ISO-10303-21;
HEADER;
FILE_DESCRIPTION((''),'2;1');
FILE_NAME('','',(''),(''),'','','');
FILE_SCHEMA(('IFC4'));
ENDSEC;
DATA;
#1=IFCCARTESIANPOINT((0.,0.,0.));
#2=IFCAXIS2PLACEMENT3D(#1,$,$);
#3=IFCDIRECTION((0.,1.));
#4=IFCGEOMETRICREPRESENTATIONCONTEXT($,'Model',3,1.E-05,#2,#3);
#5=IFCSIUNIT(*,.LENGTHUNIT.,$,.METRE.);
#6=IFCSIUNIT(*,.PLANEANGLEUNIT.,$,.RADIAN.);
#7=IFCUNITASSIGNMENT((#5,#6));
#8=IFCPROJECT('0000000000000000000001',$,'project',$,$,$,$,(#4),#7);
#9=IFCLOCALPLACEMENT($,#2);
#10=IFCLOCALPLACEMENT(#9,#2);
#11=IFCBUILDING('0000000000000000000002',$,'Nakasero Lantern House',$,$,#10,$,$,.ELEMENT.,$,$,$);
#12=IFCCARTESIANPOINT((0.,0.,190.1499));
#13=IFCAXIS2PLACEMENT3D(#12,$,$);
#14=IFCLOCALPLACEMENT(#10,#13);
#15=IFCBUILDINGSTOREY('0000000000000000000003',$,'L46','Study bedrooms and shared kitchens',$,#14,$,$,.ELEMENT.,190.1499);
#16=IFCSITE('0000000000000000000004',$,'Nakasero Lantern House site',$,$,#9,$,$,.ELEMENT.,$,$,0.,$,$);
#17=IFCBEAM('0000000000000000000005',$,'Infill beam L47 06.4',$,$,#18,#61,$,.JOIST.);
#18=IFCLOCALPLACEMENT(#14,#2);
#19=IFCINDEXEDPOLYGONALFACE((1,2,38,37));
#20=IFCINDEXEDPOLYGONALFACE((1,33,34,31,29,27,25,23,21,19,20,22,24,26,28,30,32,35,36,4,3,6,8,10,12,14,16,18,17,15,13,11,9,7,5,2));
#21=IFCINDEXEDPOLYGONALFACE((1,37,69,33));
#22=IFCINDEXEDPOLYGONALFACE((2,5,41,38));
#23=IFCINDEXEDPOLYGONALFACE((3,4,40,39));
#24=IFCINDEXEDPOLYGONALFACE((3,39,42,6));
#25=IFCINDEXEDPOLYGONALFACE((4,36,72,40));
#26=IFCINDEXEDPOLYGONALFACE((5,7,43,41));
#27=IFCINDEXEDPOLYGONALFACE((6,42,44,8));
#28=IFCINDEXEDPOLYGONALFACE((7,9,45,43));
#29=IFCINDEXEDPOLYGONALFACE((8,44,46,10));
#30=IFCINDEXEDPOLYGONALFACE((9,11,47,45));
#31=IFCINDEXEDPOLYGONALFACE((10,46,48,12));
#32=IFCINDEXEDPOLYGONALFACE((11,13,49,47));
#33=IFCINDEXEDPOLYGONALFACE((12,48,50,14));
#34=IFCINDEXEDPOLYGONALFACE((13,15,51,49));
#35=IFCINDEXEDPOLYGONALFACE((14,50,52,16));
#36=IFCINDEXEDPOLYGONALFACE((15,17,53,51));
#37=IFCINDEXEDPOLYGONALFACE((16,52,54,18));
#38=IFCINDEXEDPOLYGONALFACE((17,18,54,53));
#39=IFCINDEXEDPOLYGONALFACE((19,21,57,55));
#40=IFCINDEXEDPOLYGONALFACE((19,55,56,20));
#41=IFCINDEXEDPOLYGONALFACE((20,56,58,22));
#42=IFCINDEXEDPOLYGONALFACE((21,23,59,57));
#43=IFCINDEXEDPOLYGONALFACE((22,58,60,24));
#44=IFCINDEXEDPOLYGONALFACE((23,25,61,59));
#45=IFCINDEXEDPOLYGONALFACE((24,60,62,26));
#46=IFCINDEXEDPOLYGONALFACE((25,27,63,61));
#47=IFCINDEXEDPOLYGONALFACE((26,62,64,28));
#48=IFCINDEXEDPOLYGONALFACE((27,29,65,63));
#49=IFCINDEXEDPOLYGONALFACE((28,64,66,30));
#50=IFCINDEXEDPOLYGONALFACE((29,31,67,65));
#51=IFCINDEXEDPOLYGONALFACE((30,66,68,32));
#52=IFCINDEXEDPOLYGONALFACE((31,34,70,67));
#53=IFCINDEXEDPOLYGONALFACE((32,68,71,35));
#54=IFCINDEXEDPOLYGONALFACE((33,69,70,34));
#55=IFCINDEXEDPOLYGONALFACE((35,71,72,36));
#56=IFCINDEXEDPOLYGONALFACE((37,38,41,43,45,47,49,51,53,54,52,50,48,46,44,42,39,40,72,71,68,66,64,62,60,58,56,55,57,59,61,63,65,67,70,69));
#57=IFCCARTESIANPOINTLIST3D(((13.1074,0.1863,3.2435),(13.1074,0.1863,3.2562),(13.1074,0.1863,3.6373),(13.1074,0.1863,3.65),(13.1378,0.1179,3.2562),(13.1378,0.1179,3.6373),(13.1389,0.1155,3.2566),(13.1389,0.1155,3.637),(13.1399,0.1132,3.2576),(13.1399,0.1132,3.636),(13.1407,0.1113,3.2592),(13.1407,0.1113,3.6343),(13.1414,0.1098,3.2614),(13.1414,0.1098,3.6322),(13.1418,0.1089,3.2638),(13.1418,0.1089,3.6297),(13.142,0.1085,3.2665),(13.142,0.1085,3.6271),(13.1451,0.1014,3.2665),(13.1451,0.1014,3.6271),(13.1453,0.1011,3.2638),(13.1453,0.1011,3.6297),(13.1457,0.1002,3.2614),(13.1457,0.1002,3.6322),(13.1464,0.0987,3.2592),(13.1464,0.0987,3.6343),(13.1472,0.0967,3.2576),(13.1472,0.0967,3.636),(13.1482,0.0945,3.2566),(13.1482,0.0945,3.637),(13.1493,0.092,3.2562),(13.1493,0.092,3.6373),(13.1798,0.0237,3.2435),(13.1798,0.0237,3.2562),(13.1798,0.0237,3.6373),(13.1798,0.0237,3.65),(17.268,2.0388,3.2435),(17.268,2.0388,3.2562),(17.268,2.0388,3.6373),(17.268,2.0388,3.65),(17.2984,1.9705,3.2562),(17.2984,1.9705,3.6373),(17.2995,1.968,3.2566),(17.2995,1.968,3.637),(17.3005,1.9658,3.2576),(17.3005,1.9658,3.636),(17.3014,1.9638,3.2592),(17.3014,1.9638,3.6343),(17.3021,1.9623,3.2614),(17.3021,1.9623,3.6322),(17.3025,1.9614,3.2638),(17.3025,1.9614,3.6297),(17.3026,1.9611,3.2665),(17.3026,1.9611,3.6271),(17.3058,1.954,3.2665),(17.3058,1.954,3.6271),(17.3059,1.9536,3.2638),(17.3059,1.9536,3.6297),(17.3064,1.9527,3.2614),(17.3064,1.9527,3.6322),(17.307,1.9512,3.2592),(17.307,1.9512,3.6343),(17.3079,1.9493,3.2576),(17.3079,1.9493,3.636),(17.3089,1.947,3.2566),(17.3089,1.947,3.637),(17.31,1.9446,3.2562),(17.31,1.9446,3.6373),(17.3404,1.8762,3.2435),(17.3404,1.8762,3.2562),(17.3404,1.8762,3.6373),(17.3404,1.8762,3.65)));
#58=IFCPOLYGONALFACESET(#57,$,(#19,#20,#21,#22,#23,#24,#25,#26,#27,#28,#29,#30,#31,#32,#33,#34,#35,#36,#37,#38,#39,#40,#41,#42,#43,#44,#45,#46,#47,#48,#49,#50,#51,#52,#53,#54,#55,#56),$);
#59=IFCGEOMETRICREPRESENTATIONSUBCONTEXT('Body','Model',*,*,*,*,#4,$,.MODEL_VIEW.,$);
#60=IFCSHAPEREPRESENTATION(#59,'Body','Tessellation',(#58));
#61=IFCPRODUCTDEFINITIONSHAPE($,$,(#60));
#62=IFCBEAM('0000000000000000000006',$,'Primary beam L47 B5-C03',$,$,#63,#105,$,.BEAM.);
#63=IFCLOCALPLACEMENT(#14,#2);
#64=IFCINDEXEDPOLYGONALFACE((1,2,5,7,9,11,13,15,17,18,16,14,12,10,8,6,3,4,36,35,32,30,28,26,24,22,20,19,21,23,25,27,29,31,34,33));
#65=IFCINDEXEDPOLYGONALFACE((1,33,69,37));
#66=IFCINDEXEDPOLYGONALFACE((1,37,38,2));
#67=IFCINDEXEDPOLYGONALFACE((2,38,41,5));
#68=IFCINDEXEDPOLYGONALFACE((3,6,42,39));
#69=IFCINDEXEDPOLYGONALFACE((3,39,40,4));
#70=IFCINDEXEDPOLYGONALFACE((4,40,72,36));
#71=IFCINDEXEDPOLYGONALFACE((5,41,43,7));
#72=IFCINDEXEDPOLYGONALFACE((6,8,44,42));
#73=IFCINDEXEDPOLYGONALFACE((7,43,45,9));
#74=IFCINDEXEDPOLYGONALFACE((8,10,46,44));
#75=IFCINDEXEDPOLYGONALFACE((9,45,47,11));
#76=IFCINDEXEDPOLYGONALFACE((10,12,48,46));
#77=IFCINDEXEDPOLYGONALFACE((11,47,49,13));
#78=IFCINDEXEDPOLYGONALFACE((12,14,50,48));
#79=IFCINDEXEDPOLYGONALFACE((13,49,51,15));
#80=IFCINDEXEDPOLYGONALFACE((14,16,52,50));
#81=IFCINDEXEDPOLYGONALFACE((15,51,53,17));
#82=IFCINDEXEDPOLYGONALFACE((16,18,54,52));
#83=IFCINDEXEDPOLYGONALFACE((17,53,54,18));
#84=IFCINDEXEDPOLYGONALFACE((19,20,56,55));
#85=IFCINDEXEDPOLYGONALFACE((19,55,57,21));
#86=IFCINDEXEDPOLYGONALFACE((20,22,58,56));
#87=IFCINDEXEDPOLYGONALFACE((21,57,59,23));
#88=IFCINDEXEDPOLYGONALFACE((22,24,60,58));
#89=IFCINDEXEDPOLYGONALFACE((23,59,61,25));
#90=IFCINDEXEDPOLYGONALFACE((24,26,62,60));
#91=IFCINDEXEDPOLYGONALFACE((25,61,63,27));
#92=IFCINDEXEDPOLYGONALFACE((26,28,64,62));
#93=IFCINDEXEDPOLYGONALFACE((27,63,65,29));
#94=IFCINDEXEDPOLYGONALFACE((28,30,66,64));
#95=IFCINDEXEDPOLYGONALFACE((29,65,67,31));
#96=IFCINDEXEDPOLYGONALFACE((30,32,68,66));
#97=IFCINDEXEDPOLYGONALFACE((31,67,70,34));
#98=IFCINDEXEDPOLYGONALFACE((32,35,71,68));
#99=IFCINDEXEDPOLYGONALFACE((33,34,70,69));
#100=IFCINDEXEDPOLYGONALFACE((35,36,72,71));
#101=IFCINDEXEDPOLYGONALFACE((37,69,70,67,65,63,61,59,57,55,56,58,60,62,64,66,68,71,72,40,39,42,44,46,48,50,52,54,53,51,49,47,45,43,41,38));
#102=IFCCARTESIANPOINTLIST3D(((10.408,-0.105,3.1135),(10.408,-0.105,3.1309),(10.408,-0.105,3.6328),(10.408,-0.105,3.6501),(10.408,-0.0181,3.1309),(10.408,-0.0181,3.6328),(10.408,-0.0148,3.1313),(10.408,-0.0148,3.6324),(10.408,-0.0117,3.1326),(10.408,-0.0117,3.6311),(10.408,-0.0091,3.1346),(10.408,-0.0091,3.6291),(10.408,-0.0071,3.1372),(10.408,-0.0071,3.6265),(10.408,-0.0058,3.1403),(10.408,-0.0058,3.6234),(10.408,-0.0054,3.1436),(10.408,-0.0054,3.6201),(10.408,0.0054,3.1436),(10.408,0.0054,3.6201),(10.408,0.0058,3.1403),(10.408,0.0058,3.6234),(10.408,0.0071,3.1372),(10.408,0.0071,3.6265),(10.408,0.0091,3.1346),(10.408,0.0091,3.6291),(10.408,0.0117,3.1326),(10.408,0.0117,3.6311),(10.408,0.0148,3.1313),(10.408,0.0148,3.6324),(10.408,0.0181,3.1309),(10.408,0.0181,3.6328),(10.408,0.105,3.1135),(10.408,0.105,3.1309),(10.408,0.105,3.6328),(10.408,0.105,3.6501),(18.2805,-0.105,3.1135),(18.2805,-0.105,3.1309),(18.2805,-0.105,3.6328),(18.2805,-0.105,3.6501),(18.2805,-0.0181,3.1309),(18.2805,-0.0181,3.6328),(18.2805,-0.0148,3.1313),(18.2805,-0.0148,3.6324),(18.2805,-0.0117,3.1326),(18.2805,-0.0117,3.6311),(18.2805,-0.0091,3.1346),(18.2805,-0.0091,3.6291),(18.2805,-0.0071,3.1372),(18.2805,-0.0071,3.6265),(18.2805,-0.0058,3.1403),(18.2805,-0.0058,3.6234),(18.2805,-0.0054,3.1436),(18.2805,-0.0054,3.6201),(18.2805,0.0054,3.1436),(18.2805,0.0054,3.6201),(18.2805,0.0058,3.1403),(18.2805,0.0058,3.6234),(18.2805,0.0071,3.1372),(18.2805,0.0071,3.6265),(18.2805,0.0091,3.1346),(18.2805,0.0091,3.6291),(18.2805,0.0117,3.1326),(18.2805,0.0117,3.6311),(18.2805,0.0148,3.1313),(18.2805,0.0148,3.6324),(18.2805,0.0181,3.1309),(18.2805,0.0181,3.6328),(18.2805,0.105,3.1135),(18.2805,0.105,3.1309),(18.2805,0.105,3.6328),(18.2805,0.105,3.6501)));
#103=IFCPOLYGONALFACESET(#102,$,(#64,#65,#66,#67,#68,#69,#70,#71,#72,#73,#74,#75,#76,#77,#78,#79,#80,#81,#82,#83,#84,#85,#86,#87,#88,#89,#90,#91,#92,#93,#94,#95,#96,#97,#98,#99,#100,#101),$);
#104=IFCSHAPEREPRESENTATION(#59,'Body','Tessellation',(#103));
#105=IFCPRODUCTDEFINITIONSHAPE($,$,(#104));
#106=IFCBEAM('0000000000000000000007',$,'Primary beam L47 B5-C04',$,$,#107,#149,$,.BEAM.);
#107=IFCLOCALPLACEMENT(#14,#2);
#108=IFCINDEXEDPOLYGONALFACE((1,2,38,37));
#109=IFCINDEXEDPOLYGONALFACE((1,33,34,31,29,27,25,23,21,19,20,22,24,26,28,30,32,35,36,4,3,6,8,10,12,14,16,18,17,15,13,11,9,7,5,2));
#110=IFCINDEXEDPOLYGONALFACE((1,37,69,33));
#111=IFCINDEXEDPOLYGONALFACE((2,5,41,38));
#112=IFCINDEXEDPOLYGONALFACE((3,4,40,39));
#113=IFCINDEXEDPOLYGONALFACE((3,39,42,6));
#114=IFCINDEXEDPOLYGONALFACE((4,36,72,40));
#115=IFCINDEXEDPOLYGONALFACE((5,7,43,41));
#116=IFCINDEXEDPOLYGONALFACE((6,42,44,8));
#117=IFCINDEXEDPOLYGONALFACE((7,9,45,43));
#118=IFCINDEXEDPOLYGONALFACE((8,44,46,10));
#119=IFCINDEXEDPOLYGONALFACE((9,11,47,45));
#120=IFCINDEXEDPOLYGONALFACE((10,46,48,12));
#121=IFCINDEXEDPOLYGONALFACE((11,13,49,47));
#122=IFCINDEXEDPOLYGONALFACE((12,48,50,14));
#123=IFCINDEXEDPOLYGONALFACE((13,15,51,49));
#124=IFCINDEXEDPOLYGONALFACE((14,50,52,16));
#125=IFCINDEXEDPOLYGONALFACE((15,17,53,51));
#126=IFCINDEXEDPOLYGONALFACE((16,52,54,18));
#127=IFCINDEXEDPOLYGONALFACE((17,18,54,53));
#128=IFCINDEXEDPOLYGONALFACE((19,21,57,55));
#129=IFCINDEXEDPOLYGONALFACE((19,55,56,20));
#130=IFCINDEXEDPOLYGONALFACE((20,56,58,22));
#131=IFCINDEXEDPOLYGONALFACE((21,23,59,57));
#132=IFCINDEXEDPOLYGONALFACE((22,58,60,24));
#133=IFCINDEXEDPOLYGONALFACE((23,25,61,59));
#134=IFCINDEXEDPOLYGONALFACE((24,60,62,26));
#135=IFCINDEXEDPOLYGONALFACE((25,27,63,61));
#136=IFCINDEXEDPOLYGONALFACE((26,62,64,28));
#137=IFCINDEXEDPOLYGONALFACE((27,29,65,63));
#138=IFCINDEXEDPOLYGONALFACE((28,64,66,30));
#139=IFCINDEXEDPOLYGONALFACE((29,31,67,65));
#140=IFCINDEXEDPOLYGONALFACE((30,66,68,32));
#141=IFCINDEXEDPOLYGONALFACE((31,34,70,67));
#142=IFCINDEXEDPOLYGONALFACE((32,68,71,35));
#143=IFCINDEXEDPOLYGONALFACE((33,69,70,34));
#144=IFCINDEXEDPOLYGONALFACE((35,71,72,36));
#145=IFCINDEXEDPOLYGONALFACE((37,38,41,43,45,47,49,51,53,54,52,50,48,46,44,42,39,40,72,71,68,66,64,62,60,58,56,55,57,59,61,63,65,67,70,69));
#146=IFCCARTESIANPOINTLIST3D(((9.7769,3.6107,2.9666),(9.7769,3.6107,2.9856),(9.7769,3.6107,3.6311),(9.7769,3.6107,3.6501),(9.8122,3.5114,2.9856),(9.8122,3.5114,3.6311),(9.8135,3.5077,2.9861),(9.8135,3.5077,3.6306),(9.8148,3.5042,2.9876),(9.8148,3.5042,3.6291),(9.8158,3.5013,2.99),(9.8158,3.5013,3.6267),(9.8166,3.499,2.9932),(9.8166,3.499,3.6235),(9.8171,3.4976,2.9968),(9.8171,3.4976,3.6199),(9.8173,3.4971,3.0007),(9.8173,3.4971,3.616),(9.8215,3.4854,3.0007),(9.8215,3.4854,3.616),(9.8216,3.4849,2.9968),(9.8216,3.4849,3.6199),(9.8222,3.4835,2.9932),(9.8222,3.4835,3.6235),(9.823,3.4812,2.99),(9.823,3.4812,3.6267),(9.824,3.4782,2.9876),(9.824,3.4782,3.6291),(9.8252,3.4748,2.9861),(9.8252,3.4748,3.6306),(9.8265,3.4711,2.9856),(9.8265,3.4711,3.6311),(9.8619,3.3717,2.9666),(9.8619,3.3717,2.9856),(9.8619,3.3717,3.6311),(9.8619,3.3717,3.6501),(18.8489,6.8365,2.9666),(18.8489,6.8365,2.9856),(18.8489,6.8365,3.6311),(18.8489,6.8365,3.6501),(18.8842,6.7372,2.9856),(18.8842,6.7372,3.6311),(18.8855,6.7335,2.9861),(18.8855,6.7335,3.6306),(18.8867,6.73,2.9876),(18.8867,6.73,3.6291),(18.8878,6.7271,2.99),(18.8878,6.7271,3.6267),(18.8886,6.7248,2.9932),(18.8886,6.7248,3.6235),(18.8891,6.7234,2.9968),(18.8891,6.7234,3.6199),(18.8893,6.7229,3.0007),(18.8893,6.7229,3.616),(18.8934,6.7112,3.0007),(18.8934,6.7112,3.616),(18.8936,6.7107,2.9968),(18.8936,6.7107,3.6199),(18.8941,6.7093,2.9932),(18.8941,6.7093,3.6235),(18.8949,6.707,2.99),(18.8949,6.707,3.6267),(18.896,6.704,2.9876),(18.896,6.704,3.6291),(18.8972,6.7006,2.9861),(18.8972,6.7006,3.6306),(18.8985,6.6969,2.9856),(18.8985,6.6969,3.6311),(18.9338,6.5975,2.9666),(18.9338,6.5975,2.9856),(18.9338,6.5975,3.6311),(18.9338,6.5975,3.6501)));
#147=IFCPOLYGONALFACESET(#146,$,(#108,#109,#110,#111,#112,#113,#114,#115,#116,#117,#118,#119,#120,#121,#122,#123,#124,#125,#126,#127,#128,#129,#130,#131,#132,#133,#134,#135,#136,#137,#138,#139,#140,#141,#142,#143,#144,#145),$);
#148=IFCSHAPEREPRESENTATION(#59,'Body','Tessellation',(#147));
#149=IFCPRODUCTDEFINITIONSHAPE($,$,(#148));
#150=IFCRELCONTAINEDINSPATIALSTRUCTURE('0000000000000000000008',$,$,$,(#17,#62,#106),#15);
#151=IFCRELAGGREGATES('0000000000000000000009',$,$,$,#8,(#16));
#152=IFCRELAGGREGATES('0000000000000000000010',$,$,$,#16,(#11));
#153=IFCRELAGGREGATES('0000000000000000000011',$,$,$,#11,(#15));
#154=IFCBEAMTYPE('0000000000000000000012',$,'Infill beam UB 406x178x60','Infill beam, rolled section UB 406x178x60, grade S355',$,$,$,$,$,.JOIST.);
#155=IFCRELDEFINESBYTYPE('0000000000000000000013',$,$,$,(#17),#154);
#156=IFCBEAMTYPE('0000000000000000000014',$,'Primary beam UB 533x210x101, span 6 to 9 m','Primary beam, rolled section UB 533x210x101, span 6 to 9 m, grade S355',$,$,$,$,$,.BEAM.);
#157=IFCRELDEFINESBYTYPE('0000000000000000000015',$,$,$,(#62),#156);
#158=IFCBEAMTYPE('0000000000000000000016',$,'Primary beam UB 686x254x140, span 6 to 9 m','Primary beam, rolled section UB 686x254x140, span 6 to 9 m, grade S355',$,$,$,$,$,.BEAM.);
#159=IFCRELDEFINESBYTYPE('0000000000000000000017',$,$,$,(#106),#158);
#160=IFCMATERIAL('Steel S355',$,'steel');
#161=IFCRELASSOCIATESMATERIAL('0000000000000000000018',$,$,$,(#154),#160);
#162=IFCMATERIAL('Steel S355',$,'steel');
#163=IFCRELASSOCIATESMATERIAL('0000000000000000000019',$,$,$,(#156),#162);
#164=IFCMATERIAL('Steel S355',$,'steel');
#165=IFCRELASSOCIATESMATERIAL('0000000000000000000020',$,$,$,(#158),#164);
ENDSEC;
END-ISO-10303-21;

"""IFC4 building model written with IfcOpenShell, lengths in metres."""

from ifc_helpers import new_model, si_unit, direction, frame, origin, origin_2d, place, context, subcontext, project, spatial, i_section, extrude, material, material_profile, profile_set, type_object, element, save


model = new_model("IFC4")

# Units and contexts
model_context = context("Model", 3, precision=1e-05, world=origin(), true_north=direction((0.0, 1.0)))
body_context = subcontext(model_context, "Body", "Model", "MODEL_VIEW")
ifc_project = project(units=[si_unit("LENGTHUNIT", "METRE"), si_unit("PLANEANGLEUNIT", "RADIAN")], contexts=[model_context])

# Site, building, storey
site_placement = place(None, origin())
site = spatial("IfcSite", under=ifc_project, at=site_placement, Name="Nakasero Lantern House site", CompositionType="ELEMENT", RefElevation=0.0)
building_placement = place(site_placement, origin())
building = spatial("IfcBuilding", under=site, at=building_placement, Name="Nakasero Lantern House", CompositionType="ELEMENT")
storey_placement = place(building_placement, frame((0.0, 0.0, 190.1499)))
storey = spatial("IfcBuildingStorey", under=building, at=storey_placement, Name="L46", Description="Study bedrooms and shared kitchens", CompositionType="ELEMENT", Elevation=190.1499)

# Beams
ifc_material_1 = material(Name="Steel S355", Category="steel")
ifc_material_profile_1 = material_profile(ifc_material_1, i_section(OverallWidth=0.178, OverallDepth=0.4065, WebThickness=0.0078, FlangeThickness=0.0127, FilletRadius=0.0103, at=origin_2d()), Name="UB 406x178x60")
ifc_profile_set_1 = profile_set([ifc_material_profile_1], Name="Steel S355")
beam_type_1 = type_object("IfcBeamType", Name="Infill beam UB 406x178x60", Description="Infill beam, rolled section UB 406x178x60, grade S355", PredefinedType="JOIST", material=ifc_profile_set_1)
beam_1_placement = place(storey_placement, frame((13.1436, 0.105, 3.4468), z_axis=(0.913537, 0.406755, 0.0), x_axis=(-0.406755, 0.913537, 0.0)))
element("IfcBeam", 1, at=beam_1_placement, inside=storey, type_object=beam_type_1, Name="Infill beam L47 06.4", PredefinedType="JOIST", context=body_context, shape_type="SweptSolid", body=[
    extrude(i_section(OverallWidth=0.178, OverallDepth=0.4065, WebThickness=0.0078, FlangeThickness=0.0127, FilletRadius=0.0103, at=origin_2d()), origin(), (0.0, 0.0, 1.0), 4.5544),
])
ifc_material_2 = material(Name="Steel S355", Category="steel")
ifc_material_profile_2 = material_profile(ifc_material_2, i_section(OverallWidth=0.21, OverallDepth=0.5366, WebThickness=0.0107, FlangeThickness=0.0173, FilletRadius=0.0127, at=origin_2d()), Name="UB 533x210x101")
ifc_profile_set_2 = profile_set([ifc_material_profile_2], Name="Steel S355")
beam_type_2 = type_object("IfcBeamType", Name="Primary beam UB 533x210x101, span 6 to 9 m", Description="Primary beam, rolled section UB 533x210x101, span 6 to 9 m, grade S355", PredefinedType="BEAM", material=ifc_profile_set_2)
beam_2_placement = place(storey_placement, frame((18.2805, 0.0, 3.3818), z_axis=(-1.0, 0.0, 0.0), x_axis=(0.0, -1.0, 0.0)))
element("IfcBeam", 2, at=beam_2_placement, inside=storey, type_object=beam_type_2, Name="Primary beam L47 B5-C03", PredefinedType="BEAM", context=body_context, shape_type="SweptSolid", body=[
    extrude(i_section(OverallWidth=0.21, OverallDepth=0.5366, WebThickness=0.0107, FlangeThickness=0.0173, FilletRadius=0.0127, at=origin_2d()), origin(), (0.0, 0.0, 1.0), 7.8726),
])
ifc_material_3 = material(Name="Steel S355", Category="steel")
ifc_material_profile_3 = material_profile(ifc_material_3, i_section(OverallWidth=0.2537, OverallDepth=0.6836, WebThickness=0.0125, FlangeThickness=0.019, FilletRadius=0.0151, at=origin_2d()), Name="UB 686x254x140")
ifc_profile_set_3 = profile_set([ifc_material_profile_3], Name="Steel S355")
beam_type_3 = type_object("IfcBeamType", Name="Primary beam UB 686x254x140, span 6 to 9 m", Description="Primary beam, rolled section UB 686x254x140, span 6 to 9 m, grade S355", PredefinedType="BEAM", material=ifc_profile_set_3)
beam_3_placement = place(storey_placement, frame((18.8914, 6.717, 3.3083), z_axis=(-0.942207, -0.33503, 0.0), x_axis=(0.33503, -0.942207, 0.0)))
element("IfcBeam", 3, at=beam_3_placement, inside=storey, type_object=beam_type_3, Name="Primary beam L47 B5-C04", PredefinedType="BEAM", context=body_context, shape_type="SweptSolid", body=[
    extrude(i_section(OverallWidth=0.2537, OverallDepth=0.6836, WebThickness=0.0125, FlangeThickness=0.019, FilletRadius=0.0151, at=origin_2d()), origin(), (0.0, 0.0, 1.0), 9.6284),
])

save(model, "model.ifc")
